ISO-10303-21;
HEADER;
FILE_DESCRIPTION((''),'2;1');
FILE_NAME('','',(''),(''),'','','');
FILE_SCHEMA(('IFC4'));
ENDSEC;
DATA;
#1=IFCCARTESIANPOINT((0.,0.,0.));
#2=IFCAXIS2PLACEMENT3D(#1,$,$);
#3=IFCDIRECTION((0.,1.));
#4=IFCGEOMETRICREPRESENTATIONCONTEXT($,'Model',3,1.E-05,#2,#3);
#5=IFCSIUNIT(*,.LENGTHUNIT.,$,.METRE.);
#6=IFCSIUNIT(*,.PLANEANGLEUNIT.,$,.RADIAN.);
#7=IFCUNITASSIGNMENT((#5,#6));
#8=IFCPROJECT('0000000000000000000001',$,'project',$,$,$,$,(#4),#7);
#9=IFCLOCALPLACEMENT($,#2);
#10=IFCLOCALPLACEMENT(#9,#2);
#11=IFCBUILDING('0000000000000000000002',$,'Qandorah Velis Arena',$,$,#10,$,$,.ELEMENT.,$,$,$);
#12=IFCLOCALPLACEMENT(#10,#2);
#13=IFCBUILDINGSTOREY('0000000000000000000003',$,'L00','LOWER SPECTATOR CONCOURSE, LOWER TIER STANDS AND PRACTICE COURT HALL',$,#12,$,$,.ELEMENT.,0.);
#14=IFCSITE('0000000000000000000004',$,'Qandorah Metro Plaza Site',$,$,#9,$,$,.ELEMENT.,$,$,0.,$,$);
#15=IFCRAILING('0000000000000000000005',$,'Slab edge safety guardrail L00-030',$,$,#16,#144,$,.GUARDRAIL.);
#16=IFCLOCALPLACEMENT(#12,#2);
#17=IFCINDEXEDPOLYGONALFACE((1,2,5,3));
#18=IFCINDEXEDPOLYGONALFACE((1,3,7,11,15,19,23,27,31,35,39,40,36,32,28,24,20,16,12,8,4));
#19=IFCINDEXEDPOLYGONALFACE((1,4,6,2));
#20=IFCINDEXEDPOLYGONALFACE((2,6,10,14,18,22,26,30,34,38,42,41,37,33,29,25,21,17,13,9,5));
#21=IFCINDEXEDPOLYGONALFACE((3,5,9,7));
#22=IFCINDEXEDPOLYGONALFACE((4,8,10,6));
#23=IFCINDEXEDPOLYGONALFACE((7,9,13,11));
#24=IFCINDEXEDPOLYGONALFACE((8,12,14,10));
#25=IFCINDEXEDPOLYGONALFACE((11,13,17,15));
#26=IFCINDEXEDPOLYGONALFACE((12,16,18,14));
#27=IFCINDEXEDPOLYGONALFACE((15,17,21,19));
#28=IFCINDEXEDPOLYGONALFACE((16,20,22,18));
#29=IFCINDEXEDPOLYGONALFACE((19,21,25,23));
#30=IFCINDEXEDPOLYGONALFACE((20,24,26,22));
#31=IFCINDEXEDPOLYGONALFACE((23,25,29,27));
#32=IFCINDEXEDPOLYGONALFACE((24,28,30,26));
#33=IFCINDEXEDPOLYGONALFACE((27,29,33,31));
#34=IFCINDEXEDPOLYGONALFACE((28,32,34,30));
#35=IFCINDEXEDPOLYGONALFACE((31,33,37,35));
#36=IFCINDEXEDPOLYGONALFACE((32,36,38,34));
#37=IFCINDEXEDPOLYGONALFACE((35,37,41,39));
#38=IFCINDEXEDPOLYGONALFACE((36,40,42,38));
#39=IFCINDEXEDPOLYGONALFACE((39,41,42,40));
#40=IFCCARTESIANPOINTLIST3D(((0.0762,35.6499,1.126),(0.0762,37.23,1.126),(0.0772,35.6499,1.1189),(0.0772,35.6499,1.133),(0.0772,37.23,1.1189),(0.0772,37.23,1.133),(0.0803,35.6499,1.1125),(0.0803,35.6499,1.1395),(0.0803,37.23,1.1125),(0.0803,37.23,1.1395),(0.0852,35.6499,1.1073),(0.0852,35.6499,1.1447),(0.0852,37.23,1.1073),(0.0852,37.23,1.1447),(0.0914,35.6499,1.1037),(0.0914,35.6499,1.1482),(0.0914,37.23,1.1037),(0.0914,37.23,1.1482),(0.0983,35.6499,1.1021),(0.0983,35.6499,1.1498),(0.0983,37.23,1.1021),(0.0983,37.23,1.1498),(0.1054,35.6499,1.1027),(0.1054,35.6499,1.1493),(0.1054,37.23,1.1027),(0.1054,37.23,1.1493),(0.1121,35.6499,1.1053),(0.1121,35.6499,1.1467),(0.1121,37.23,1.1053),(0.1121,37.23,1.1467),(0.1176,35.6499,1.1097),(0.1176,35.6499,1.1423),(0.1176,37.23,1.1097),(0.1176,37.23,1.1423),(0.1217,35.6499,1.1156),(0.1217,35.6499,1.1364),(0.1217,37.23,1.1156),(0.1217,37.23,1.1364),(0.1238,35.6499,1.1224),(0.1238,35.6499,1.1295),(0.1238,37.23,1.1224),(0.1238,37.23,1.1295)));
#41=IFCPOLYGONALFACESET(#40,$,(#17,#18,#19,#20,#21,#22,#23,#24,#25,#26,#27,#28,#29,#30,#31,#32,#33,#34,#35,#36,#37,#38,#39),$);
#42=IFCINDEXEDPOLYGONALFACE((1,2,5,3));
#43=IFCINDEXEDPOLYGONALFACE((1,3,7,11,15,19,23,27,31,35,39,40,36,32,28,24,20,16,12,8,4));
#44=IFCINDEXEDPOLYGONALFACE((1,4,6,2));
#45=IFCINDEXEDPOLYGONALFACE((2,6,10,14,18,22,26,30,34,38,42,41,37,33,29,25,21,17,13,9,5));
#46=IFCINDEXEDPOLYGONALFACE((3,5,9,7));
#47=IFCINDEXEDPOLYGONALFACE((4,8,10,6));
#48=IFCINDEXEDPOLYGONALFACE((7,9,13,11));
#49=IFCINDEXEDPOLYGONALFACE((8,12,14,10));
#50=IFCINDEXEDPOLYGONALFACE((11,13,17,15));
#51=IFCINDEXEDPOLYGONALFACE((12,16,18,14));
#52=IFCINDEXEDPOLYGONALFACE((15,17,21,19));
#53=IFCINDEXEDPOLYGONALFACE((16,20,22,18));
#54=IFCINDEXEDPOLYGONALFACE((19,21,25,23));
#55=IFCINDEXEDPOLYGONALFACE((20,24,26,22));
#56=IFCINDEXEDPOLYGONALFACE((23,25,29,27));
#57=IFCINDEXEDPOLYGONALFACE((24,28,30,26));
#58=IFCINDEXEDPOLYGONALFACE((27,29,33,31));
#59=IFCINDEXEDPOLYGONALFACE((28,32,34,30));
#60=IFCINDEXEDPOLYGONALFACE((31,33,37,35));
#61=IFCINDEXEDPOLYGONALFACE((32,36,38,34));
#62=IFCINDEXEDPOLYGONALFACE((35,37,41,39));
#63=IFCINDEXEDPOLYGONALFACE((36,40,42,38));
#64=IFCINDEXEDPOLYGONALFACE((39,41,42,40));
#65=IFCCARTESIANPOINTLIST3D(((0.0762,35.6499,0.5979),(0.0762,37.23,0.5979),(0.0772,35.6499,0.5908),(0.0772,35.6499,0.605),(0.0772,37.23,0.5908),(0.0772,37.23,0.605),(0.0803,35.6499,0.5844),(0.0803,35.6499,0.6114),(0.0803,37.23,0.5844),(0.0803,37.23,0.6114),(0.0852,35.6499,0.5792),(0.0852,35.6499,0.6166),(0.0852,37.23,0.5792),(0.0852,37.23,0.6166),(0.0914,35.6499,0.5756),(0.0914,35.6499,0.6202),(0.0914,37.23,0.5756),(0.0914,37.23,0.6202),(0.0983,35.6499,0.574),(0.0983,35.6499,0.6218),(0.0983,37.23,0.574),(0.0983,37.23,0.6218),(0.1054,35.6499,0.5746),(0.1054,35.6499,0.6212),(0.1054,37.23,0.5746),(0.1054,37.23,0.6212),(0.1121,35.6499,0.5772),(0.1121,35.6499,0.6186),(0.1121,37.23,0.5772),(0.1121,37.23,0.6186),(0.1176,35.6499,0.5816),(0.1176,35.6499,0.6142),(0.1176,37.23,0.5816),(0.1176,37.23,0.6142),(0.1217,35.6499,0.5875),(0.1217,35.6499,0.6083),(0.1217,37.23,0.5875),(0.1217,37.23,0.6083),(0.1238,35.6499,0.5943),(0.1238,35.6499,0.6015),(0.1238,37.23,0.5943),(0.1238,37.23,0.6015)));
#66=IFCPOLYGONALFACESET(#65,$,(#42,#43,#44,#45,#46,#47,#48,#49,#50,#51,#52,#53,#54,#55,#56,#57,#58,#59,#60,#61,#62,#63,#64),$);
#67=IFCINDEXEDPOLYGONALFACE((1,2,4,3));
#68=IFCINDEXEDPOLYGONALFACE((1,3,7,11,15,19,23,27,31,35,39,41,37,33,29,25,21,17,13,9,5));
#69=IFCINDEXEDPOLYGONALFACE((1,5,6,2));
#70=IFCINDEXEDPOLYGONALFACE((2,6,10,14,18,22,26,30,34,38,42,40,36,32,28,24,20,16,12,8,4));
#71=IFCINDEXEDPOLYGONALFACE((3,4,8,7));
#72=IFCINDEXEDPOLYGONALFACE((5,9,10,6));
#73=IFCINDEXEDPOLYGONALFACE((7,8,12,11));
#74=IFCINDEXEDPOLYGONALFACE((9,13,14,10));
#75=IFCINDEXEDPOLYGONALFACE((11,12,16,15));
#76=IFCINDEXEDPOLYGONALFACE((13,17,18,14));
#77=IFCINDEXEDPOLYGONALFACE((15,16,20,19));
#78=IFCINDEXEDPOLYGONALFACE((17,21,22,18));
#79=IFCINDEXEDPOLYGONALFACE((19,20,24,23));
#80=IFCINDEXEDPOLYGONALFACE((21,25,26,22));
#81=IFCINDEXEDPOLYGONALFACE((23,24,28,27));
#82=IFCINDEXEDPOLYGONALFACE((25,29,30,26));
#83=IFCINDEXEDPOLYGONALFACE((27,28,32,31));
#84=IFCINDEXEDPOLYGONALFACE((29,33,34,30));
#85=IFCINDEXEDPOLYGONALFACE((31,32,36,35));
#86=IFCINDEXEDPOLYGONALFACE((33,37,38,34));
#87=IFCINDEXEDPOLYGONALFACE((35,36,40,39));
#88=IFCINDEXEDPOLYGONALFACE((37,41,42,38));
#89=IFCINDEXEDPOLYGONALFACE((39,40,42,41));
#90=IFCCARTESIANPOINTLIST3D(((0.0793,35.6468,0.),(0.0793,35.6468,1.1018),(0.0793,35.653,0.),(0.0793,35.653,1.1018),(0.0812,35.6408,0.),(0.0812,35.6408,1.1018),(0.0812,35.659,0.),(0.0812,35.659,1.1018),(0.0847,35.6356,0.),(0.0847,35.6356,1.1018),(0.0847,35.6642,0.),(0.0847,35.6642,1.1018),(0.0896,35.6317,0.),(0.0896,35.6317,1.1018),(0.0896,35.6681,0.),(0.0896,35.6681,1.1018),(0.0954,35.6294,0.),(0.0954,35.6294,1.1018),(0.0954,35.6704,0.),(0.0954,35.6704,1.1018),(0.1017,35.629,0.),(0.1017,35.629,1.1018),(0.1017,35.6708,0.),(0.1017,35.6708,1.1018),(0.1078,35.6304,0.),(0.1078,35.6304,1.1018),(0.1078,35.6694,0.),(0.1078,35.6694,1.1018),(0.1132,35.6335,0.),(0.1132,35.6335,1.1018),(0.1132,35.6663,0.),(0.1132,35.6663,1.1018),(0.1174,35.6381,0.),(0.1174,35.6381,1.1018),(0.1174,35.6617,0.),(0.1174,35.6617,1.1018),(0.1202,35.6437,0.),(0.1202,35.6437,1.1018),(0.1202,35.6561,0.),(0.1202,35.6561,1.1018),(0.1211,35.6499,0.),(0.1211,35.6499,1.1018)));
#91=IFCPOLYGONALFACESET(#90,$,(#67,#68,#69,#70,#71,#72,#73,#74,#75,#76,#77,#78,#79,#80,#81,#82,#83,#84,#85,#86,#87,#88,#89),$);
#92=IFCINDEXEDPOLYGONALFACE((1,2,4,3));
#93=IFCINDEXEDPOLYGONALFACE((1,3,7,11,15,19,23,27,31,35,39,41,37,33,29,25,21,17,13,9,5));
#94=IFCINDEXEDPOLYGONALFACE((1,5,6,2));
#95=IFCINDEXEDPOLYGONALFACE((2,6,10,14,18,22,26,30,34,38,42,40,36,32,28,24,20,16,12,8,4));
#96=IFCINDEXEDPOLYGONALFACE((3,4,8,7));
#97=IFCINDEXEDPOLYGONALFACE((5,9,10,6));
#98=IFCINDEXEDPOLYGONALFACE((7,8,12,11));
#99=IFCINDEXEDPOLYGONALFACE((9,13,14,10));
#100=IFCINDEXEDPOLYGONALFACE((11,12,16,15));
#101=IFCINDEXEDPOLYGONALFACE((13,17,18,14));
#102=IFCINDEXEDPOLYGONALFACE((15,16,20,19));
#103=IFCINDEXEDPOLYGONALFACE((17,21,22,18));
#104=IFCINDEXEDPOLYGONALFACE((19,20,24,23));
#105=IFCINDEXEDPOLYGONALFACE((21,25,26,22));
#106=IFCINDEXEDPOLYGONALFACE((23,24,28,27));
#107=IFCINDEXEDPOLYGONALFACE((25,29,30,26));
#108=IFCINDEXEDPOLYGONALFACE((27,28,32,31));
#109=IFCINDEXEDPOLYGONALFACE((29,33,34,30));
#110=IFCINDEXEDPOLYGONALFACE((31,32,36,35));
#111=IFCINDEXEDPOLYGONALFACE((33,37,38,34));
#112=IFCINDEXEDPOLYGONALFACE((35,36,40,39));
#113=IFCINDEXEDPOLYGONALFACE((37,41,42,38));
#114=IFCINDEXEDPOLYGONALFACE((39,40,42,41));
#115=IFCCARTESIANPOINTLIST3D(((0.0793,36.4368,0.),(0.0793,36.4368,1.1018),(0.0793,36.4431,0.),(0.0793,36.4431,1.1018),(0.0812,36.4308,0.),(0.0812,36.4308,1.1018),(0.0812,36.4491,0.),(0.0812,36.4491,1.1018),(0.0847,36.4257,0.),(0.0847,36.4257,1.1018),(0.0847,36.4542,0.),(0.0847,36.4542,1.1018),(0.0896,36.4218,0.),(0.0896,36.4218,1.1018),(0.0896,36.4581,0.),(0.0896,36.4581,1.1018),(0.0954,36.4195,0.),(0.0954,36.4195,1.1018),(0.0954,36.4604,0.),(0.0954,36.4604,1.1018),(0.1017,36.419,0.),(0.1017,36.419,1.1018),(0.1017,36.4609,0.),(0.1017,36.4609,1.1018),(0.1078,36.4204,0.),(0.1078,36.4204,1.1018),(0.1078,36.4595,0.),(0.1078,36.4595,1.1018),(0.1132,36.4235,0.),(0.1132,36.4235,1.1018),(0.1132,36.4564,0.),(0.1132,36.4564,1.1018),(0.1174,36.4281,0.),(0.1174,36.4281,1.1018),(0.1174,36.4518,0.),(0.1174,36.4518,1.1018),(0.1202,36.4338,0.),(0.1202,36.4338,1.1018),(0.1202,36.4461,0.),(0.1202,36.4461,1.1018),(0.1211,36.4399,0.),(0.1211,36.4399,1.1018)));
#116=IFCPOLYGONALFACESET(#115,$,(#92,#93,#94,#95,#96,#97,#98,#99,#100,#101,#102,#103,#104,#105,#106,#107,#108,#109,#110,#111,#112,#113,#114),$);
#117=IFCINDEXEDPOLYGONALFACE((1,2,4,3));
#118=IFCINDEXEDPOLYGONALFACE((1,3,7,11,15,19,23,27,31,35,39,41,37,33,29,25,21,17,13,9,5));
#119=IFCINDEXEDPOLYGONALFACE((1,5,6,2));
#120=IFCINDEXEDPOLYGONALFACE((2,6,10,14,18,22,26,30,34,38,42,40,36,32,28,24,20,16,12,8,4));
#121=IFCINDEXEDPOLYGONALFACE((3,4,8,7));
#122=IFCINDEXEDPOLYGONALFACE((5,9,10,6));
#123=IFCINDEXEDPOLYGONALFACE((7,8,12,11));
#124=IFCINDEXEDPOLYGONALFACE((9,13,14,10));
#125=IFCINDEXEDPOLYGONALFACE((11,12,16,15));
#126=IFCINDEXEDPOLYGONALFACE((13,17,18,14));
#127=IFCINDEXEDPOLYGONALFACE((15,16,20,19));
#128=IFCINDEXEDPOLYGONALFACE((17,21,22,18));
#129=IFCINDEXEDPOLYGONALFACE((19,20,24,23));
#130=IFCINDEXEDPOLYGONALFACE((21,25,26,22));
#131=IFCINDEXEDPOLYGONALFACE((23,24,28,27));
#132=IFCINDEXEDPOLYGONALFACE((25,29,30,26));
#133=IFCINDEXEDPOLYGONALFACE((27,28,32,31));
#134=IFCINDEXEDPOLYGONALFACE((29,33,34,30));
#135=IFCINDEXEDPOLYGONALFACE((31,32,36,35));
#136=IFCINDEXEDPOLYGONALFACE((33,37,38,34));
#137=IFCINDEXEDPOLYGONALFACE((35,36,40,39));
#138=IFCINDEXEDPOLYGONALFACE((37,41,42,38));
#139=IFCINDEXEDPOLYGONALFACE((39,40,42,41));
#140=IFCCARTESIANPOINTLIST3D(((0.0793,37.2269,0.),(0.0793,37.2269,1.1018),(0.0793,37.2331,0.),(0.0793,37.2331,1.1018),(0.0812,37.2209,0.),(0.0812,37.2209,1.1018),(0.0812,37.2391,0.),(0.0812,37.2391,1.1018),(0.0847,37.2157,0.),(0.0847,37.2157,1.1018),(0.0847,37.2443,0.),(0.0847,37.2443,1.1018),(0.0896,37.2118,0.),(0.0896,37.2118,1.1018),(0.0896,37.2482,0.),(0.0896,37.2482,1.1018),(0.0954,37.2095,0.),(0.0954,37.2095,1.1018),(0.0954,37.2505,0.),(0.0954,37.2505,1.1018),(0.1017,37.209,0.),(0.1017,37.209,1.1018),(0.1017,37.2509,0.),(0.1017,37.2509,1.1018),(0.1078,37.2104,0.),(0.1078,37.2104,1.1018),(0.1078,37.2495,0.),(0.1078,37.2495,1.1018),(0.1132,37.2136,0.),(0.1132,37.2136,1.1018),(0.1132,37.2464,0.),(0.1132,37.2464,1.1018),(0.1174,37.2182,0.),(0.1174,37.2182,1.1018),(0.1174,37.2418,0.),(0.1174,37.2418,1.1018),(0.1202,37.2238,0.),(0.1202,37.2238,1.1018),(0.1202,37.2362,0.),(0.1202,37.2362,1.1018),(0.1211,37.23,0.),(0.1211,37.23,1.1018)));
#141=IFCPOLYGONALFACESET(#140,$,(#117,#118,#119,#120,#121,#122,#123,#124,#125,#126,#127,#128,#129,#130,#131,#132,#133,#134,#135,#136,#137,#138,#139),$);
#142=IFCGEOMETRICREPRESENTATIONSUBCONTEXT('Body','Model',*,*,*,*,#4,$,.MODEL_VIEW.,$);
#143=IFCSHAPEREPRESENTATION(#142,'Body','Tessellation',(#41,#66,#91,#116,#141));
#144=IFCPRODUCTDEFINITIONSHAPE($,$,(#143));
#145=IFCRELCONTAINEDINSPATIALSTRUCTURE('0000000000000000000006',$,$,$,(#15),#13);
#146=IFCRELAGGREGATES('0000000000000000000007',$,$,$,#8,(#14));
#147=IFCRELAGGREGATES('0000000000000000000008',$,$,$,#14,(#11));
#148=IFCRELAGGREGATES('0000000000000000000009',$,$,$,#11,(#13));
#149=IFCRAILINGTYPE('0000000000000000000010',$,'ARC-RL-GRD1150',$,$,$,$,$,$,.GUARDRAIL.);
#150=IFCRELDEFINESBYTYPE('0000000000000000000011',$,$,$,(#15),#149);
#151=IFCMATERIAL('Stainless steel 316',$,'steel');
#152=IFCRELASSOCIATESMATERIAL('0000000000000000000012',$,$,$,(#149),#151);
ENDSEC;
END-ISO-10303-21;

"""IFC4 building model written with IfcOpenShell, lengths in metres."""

from ifc_helpers import new_model, si_unit, direction, frame, origin, origin_2d, place, context, subcontext, project, spatial, circle, extrude, material, type_object, element, save


model = new_model("IFC4")

# Units and contexts
model_context = context("Model", 3, precision=1e-05, world=origin(), true_north=direction((0.0, 1.0)))
body_context = subcontext(model_context, "Body", "Model", "MODEL_VIEW")
ifc_project = project(units=[si_unit("LENGTHUNIT", "METRE"), si_unit("PLANEANGLEUNIT", "RADIAN")], contexts=[model_context])

# Site, building, storey
site_placement = place(None, origin())
site = spatial("IfcSite", under=ifc_project, at=site_placement, Name="Qandorah Metro Plaza Site", CompositionType="ELEMENT", RefElevation=0.0)
building_placement = place(site_placement, origin())
building = spatial("IfcBuilding", under=site, at=building_placement, Name="Qandorah Velis Arena", CompositionType="ELEMENT")
storey_placement = place(building_placement, origin())
storey = spatial("IfcBuildingStorey", under=building, at=storey_placement, Name="L00", Description="LOWER SPECTATOR CONCOURSE, LOWER TIER STANDS AND PRACTICE COURT HALL", CompositionType="ELEMENT", Elevation=0.0)

# Railing
ifc_material_1 = material(Name="Stainless steel 316", Category="steel")
railing_type = type_object("IfcRailingType", Name="ARC-RL-GRD1150", PredefinedType="GUARDRAIL", material=ifc_material_1)
railing_1_placement = place(storey_placement, frame((0.1001, 35.6499, 0.0)))
element("IfcRailing", 1, at=railing_1_placement, inside=storey, type_object=railing_type, Name="Slab edge safety guardrail L00-030", PredefinedType="GUARDRAIL", context=body_context, shape_type="SweptSolid", body=[
    extrude(circle(Radius=0.0239, at=origin_2d()), frame((0.0, 0.0, 1.126), z_axis=(0.0, 1.0, 0.0), x_axis=(-1.0, 0.0, 0.0)), (0.0, 0.0, 1.0), 1.5801),
    extrude(circle(Radius=0.0239, at=origin_2d()), frame((0.0, 0.0, 0.5979), z_axis=(0.0, 1.0, 0.0), x_axis=(-1.0, 0.0, 0.0)), (0.0, 0.0, 1.0), 1.5801),
    extrude(circle(Radius=0.021, at=origin_2d()), origin(), (0.0, 0.0, 1.0), 1.1018),
    extrude(circle(Radius=0.021, at=origin_2d()), frame((0.0, 0.79, 0.0)), (0.0, 0.0, 1.0), 1.1018),
    extrude(circle(Radius=0.021, at=origin_2d()), frame((0.0, 1.5801, 0.0)), (0.0, 0.0, 1.0), 1.1018),
])

save(model, "model.ifc")
